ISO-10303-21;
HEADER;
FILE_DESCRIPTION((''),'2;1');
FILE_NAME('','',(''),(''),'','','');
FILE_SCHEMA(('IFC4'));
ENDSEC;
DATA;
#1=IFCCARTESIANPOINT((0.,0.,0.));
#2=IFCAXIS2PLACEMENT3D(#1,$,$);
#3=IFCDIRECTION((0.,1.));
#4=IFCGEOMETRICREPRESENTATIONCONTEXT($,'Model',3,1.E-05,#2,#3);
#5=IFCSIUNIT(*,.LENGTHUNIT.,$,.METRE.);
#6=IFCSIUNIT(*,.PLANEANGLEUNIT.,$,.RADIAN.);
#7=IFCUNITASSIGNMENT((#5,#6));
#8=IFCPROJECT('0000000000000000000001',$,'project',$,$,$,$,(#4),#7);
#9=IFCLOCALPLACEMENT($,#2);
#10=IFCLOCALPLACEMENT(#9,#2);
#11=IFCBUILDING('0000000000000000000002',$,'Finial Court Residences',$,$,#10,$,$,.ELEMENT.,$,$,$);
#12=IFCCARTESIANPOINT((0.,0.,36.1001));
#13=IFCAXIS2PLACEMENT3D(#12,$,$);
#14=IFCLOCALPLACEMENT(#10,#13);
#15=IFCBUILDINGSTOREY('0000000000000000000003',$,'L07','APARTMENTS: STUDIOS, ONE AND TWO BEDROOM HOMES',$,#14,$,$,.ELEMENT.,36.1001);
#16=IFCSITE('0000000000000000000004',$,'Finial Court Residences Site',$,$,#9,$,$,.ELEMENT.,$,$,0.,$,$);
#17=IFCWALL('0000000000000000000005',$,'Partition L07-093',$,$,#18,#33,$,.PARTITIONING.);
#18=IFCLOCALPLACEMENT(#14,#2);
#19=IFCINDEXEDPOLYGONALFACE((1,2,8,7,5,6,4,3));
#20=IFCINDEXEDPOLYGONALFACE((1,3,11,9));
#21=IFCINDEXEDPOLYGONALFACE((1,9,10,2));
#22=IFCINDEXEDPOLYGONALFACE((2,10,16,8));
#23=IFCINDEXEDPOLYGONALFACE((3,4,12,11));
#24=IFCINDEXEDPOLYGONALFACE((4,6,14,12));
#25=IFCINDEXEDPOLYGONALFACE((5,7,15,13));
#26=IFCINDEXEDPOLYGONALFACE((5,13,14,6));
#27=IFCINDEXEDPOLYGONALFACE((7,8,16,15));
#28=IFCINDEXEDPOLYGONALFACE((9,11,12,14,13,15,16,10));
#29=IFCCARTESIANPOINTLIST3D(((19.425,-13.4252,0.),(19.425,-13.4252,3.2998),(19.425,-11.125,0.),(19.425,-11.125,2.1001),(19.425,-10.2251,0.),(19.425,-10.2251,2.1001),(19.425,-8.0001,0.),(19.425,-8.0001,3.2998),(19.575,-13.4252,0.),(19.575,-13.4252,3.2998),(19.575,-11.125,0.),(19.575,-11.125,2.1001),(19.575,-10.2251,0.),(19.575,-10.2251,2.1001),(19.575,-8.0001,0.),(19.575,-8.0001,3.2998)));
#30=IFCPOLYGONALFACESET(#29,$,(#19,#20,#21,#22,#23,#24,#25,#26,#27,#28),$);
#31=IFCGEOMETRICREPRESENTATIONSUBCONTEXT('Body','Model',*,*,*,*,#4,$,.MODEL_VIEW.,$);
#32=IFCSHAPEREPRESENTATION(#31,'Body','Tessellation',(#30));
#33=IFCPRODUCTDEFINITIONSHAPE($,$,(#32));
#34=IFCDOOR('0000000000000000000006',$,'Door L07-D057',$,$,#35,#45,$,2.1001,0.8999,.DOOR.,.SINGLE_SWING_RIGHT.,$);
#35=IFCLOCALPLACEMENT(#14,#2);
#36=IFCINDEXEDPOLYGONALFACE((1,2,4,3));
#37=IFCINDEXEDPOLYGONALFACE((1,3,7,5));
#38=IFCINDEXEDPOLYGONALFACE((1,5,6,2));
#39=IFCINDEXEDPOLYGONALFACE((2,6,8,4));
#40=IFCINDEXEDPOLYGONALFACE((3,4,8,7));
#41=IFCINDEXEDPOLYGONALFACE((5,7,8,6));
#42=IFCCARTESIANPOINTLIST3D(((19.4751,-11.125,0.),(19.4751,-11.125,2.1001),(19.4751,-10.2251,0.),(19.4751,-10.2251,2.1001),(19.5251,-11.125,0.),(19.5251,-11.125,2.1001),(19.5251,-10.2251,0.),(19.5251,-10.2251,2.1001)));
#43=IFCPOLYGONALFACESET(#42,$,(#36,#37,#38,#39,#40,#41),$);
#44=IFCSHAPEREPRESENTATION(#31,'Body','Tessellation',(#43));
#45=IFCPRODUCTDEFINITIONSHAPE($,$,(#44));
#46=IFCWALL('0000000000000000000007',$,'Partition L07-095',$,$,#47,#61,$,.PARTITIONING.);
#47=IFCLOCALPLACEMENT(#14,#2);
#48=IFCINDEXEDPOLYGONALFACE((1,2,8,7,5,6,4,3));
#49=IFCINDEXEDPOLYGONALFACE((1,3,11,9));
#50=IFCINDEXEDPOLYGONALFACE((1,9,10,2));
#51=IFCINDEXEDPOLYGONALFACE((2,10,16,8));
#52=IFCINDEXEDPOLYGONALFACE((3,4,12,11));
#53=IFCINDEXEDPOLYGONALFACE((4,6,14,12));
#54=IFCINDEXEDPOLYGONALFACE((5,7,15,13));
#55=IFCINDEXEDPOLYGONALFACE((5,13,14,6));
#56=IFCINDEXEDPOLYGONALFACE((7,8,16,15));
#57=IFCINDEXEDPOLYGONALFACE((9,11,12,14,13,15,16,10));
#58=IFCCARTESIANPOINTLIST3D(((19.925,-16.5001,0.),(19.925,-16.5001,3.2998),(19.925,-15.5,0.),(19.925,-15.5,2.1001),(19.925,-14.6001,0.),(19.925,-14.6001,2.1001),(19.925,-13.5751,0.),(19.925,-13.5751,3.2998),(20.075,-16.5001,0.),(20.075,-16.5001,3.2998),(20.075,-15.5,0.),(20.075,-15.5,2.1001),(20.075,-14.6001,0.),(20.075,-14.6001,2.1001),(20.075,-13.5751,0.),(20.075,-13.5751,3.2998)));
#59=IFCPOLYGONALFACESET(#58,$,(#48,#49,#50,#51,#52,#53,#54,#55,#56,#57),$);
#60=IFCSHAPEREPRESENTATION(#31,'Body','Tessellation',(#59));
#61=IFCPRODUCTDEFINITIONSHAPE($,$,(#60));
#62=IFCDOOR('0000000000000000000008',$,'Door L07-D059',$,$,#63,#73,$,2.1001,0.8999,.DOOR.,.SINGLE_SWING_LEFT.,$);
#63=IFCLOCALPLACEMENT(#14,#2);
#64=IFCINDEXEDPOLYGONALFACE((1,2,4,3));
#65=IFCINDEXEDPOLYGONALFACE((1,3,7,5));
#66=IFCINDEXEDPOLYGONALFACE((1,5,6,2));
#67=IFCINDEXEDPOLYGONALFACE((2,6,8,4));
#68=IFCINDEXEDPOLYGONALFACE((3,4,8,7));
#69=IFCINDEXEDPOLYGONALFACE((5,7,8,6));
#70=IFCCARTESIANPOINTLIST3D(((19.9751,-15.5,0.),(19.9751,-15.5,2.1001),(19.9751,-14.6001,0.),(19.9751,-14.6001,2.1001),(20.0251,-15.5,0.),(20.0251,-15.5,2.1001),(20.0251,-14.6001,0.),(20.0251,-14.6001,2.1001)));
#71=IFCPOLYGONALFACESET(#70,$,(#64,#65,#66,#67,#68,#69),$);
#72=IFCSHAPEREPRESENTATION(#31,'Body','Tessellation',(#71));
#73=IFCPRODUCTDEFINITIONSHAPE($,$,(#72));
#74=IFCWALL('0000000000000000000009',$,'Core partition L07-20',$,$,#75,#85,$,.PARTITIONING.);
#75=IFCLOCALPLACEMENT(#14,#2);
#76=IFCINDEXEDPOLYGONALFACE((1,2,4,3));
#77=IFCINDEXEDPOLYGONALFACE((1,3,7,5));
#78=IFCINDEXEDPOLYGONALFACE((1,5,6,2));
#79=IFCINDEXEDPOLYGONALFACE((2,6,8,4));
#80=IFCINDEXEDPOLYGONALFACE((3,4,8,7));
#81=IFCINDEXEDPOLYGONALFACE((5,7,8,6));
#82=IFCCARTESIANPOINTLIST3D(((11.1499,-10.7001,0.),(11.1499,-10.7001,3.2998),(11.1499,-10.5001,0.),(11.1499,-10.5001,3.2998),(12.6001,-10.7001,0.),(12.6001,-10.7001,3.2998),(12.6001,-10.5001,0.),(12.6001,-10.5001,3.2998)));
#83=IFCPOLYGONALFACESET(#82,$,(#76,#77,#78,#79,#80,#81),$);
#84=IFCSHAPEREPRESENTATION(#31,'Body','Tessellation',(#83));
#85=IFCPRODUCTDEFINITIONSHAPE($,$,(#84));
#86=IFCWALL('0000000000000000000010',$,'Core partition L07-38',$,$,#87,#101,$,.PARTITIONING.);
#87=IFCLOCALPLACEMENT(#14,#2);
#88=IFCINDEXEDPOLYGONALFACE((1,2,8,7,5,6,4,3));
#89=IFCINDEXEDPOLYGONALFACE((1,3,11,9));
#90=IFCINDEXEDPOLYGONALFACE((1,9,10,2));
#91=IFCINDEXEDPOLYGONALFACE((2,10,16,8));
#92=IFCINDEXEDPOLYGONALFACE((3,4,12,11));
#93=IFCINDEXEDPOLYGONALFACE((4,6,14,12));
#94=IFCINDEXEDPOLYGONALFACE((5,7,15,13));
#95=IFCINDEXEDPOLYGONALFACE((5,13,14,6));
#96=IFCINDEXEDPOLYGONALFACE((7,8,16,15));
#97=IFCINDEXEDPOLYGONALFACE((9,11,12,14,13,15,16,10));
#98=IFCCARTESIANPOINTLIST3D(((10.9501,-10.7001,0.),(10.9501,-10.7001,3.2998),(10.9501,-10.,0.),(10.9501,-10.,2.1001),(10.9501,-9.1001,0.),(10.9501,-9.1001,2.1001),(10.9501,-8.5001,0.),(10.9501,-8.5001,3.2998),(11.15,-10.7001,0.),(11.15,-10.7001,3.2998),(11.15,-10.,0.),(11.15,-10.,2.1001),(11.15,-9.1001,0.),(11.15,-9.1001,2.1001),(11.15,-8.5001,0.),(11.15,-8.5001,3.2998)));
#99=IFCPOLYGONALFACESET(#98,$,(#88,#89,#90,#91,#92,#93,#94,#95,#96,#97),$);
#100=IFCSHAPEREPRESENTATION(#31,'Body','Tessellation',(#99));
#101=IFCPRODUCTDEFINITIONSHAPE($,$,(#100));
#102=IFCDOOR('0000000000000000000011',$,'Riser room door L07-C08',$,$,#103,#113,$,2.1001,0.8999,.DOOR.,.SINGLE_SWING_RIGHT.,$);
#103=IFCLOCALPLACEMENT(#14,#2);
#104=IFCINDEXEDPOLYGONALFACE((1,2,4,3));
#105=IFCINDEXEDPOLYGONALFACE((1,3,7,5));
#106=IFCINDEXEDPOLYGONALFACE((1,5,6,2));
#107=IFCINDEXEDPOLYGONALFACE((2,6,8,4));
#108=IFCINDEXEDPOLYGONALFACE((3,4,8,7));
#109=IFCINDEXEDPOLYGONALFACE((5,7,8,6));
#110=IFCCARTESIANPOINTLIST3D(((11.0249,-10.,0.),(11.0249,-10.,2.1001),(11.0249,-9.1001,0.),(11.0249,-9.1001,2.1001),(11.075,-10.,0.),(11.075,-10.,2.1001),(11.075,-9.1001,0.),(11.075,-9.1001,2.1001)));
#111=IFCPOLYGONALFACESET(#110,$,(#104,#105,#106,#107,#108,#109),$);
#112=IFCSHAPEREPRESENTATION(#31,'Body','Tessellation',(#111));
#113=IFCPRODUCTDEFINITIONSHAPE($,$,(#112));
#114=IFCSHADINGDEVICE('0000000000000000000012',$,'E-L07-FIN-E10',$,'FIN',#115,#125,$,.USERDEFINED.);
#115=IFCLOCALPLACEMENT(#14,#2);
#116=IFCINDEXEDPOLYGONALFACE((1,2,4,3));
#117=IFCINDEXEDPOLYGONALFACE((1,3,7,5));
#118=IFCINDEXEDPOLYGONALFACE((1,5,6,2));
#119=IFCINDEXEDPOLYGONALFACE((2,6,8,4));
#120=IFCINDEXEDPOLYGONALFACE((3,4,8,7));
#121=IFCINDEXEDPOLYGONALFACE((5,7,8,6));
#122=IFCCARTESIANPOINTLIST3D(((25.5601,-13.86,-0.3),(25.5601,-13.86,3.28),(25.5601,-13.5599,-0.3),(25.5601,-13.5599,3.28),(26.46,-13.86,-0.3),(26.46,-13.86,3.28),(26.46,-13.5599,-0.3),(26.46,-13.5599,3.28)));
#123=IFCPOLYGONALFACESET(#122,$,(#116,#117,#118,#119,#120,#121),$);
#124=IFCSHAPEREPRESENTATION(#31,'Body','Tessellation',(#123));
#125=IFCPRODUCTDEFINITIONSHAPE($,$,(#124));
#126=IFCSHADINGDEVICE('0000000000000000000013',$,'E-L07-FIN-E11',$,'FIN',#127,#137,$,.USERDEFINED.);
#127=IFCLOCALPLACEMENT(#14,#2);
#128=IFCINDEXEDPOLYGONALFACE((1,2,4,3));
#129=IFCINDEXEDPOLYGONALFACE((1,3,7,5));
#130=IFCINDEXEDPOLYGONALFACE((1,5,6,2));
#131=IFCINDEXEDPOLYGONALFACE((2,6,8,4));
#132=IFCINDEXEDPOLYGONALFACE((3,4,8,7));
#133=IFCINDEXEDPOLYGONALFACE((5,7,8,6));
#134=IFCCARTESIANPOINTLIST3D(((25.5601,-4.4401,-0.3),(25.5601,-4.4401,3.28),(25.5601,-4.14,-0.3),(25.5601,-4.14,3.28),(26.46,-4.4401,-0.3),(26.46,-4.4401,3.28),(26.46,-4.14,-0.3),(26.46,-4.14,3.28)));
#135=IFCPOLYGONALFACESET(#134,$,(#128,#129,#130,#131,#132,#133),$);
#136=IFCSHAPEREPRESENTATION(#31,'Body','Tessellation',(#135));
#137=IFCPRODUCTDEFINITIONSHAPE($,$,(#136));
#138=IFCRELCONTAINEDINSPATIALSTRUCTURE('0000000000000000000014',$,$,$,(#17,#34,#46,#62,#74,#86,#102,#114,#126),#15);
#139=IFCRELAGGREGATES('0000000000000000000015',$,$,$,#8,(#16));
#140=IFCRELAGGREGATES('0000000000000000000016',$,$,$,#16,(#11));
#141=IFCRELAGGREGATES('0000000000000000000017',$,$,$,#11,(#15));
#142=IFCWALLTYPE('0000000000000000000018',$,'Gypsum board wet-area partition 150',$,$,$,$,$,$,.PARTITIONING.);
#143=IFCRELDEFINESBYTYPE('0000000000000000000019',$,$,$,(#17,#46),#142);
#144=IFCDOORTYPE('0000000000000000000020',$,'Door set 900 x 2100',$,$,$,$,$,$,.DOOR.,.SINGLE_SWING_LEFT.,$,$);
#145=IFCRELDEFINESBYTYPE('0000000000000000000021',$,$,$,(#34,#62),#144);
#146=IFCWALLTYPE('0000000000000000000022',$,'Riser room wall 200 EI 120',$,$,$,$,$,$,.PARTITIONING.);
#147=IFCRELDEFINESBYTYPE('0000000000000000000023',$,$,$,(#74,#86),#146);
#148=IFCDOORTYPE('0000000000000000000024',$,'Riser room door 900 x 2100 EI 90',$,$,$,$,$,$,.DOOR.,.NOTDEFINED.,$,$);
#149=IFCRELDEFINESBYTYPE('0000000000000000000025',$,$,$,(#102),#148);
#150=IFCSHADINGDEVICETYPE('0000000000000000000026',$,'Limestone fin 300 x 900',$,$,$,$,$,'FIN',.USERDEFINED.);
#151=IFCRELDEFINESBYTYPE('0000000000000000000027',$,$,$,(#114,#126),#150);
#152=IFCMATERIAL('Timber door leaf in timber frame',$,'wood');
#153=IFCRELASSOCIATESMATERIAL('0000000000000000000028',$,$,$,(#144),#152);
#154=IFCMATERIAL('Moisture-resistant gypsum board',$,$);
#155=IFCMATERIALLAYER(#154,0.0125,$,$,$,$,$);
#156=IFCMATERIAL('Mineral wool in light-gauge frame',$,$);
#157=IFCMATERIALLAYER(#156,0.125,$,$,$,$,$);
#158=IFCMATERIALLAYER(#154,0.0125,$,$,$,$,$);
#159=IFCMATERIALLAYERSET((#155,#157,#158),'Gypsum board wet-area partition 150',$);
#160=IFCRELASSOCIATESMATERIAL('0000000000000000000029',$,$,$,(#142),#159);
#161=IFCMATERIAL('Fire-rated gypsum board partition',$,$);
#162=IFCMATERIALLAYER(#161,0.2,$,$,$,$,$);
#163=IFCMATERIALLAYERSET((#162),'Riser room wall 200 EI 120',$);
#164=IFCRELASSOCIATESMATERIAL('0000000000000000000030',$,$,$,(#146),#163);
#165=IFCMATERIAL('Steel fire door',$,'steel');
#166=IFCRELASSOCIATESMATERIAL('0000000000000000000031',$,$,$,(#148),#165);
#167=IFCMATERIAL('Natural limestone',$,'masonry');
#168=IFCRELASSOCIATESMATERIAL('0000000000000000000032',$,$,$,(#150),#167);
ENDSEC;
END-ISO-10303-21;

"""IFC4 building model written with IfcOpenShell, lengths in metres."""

from ifc_helpers import new_model, si_unit, direction, frame, frame_2d, origin, origin_2d, place, context, subcontext, project, spatial, rectangle, extrude, material, layer, layer_set, type_object, element, fill, save


model = new_model("IFC4")

# Units and contexts
model_context = context("Model", 3, precision=1e-05, world=origin(), true_north=direction((0.0, 1.0)))
body_context = subcontext(model_context, "Body", "Model", "MODEL_VIEW")
ifc_project = project(units=[si_unit("LENGTHUNIT", "METRE"), si_unit("PLANEANGLEUNIT", "RADIAN")], contexts=[model_context])

# Site, building, storey
site_placement = place(None, origin())
site = spatial("IfcSite", under=ifc_project, at=site_placement, Name="Finial Court Residences Site", CompositionType="ELEMENT", RefElevation=0.0)
building_placement = place(site_placement, origin())
building = spatial("IfcBuilding", under=site, at=building_placement, Name="Finial Court Residences", CompositionType="ELEMENT")
storey_placement = place(building_placement, frame((0.0, 0.0, 36.1001)))
storey = spatial("IfcBuildingStorey", under=building, at=storey_placement, Name="L07", Description="APARTMENTS: STUDIOS, ONE AND TWO BEDROOM HOMES", CompositionType="ELEMENT", Elevation=36.1001)

# Shared definitions
ifc_material_1 = material(Name="Mineral wool in light-gauge frame")
ifc_material_2 = material(Name="Timber door leaf in timber frame", Category="wood")
door_type_1 = type_object("IfcDoorType", Name="Door set 900 x 2100", OperationType="SINGLE_SWING_LEFT", PredefinedType="DOOR", material=ifc_material_2)

# Shared definitions
ifc_material_3 = material(Name="Moisture-resistant gypsum board")
ifc_layer_1 = layer(ifc_material_3, 0.0125)
ifc_layer_2 = layer(ifc_material_1, 0.125)
ifc_layer_3 = layer(ifc_material_3, 0.0125)
ifc_layer_set_1 = layer_set([ifc_layer_1, ifc_layer_2, ifc_layer_3], Name="Gypsum board wet-area partition 150")
wall_type_1 = type_object("IfcWallType", Name="Gypsum board wet-area partition 150", PredefinedType="PARTITIONING", material=ifc_layer_set_1)

# Walls, openings, doors
wall_1_placement = place(storey_placement, frame((19.5, -13.425, 0.0), z_axis=(0.0, 0.0, 1.0), x_axis=(0.0, 1.0, 0.0)))
wall_1 = element("IfcWall", 1, at=wall_1_placement, inside=storey, type_object=wall_type_1, Name="Partition L07-093", PredefinedType="PARTITIONING", context=body_context, shape_type="SweptSolid", body=[
    extrude(rectangle(XDim=5.425, YDim=0.1499, at=frame_2d((2.7124, 0.0))), origin(), (0.0, 0.0, 1.0), 3.2998),
])
opening_1_placement = place(wall_1_placement, frame((2.3, 0.0, 0.0)))
opening_1 = element("IfcOpeningElement", 2, at=opening_1_placement, cuts=wall_1, PredefinedType="OPENING", context=body_context, shape_type="SweptSolid", body=[
    extrude(rectangle(XDim=0.8999, YDim=2.1001, at=frame_2d((0.45, 1.05))), frame((0.0, 0.085, 0.0), z_axis=(0.0, -1.0, 0.0), x_axis=(1.0, 0.0, 0.0)), (0.0, 0.0, 1.0), 0.1699),
])
door_1_placement = place(opening_1_placement, origin())
door_1 = element("IfcDoor", 3, at=door_1_placement, inside=storey, type_object=door_type_1, Name="Door L07-D057", OperationType="SINGLE_SWING_RIGHT", OverallHeight=2.1001, OverallWidth=0.8999, PredefinedType="DOOR", context=body_context, shape_type="SweptSolid", body=[
    extrude(rectangle(XDim=0.8999, YDim=2.1001, at=frame_2d((0.45, 1.05))), frame((0.0, 0.0249, 0.0), z_axis=(0.0, -1.0, 0.0), x_axis=(1.0, 0.0, 0.0)), (0.0, 0.0, 1.0), 0.05),
])
fill(opening_1, door_1)
wall_2_placement = place(storey_placement, frame((20.0, -16.5, 0.0), z_axis=(0.0, 0.0, 1.0), x_axis=(0.0, 1.0, 0.0)))
wall_2 = element("IfcWall", 4, at=wall_2_placement, inside=storey, type_object=wall_type_1, Name="Partition L07-095", PredefinedType="PARTITIONING", context=body_context, shape_type="SweptSolid", body=[
    extrude(rectangle(XDim=2.925, YDim=0.1499, at=frame_2d((1.4624, 0.0))), origin(), (0.0, 0.0, 1.0), 3.2998),
])
opening_2_placement = place(wall_2_placement, frame((1.0, 0.0, 0.0)))
opening_2 = element("IfcOpeningElement", 5, at=opening_2_placement, cuts=wall_2, PredefinedType="OPENING", context=body_context, shape_type="SweptSolid", body=[
    extrude(rectangle(XDim=0.8999, YDim=2.1001, at=frame_2d((0.45, 1.05))), frame((0.0, 0.085, 0.0), z_axis=(0.0, -1.0, 0.0), x_axis=(1.0, 0.0, 0.0)), (0.0, 0.0, 1.0), 0.1699),
])
door_2_placement = place(opening_2_placement, origin())
door_2 = element("IfcDoor", 6, at=door_2_placement, inside=storey, type_object=door_type_1, Name="Door L07-D059", OperationType="SINGLE_SWING_LEFT", OverallHeight=2.1001, OverallWidth=0.8999, PredefinedType="DOOR", context=body_context, shape_type="SweptSolid", body=[
    extrude(rectangle(XDim=0.8999, YDim=2.1001, at=frame_2d((0.45, 1.05))), frame((0.0, 0.0249, 0.0), z_axis=(0.0, -1.0, 0.0), x_axis=(1.0, 0.0, 0.0)), (0.0, 0.0, 1.0), 0.05),
])
fill(opening_2, door_2)

# Wall
ifc_material_4 = material(Name="Fire-rated gypsum board partition")
ifc_layer_4 = layer(ifc_material_4, 0.2)
ifc_layer_set_2 = layer_set([ifc_layer_4], Name="Riser room wall 200 EI 120")
wall_type_2 = type_object("IfcWallType", Name="Riser room wall 200 EI 120", PredefinedType="PARTITIONING", material=ifc_layer_set_2)
wall_3_placement = place(storey_placement, frame((11.1499, -10.6001, 0.0), z_axis=(0.0, 0.0, 1.0), x_axis=(1.0, 0.0, 0.0)))
element("IfcWall", 7, at=wall_3_placement, inside=storey, type_object=wall_type_2, Name="Core partition L07-20", PredefinedType="PARTITIONING", context=body_context, shape_type="SweptSolid", body=[
    extrude(rectangle(XDim=1.4502, YDim=0.2, at=frame_2d((0.7251, 0.0))), origin(), (0.0, 0.0, 1.0), 3.2998),
])

# Wall, opening, door
wall_4_placement = place(storey_placement, frame((11.05, -8.5, 0.0), z_axis=(0.0, 0.0, 1.0), x_axis=(0.0, -1.0, 0.0)))
wall_4 = element("IfcWall", 8, at=wall_4_placement, inside=storey, type_object=wall_type_2, Name="Core partition L07-38", PredefinedType="PARTITIONING", context=body_context, shape_type="SweptSolid", body=[
    extrude(rectangle(XDim=2.2, YDim=0.2, at=frame_2d((1.1001, 0.0))), origin(), (0.0, 0.0, 1.0), 3.2998),
])
opening_3_placement = place(wall_4_placement, frame((0.6001, 0.0, 0.0)))
opening_3 = element("IfcOpeningElement", 9, at=opening_3_placement, cuts=wall_4, PredefinedType="OPENING", context=body_context, shape_type="SweptSolid", body=[
    extrude(rectangle(XDim=0.8999, YDim=2.1001, at=frame_2d((0.45, 1.05))), frame((0.0, 0.1099, 0.0), z_axis=(0.0, -1.0, 0.0), x_axis=(1.0, 0.0, 0.0)), (0.0, 0.0, 1.0), 0.22),
])
ifc_material_5 = material(Name="Steel fire door", Category="steel")
door_type_2 = type_object("IfcDoorType", Name="Riser room door 900 x 2100 EI 90", OperationType="NOTDEFINED", PredefinedType="DOOR", material=ifc_material_5)
door_3_placement = place(opening_3_placement, origin())
door_3 = element("IfcDoor", 10, at=door_3_placement, inside=storey, type_object=door_type_2, Name="Riser room door L07-C08", OperationType="SINGLE_SWING_RIGHT", OverallHeight=2.1001, OverallWidth=0.8999, PredefinedType="DOOR", context=body_context, shape_type="SweptSolid", body=[
    extrude(rectangle(XDim=0.8999, YDim=2.1001, at=frame_2d((0.45, 1.05))), frame((0.0, 0.0249, 0.0), z_axis=(0.0, -1.0, 0.0), x_axis=(1.0, 0.0, 0.0)), (0.0, 0.0, 1.0), 0.05),
])
fill(opening_3, door_3)

# Shading devices
ifc_material_6 = material(Name="Natural limestone", Category="masonry")
shading_device_type = type_object("IfcShadingDeviceType", Name="Limestone fin 300 x 900", ElementType="FIN", PredefinedType="USERDEFINED", material=ifc_material_6)
for number, where, z_axis, x_axis, name in (
    (11, (26.01, -13.71, -0.3), (0.0, 0.0, 1.0), (1.0, 0.0, 0.0), "E-L07-FIN-E10"),
    (12, (26.01, -4.29, -0.3), (0.0, 0.0, 1.0), (1.0, 0.0, 0.0), "E-L07-FIN-E11"),
):
    element("IfcShadingDevice", number, at=place(storey_placement, frame(where, z_axis=z_axis, x_axis=x_axis)), inside=storey, type_object=shading_device_type, Name=name, ObjectType="FIN", PredefinedType="USERDEFINED", context=body_context, shape_type="SweptSolid", body=[
        extrude(rectangle(XDim=0.8999, YDim=0.3, at=origin_2d()), origin(), (0.0, 0.0, 1.0), 3.5801),
    ])

save(model, "model.ifc")
